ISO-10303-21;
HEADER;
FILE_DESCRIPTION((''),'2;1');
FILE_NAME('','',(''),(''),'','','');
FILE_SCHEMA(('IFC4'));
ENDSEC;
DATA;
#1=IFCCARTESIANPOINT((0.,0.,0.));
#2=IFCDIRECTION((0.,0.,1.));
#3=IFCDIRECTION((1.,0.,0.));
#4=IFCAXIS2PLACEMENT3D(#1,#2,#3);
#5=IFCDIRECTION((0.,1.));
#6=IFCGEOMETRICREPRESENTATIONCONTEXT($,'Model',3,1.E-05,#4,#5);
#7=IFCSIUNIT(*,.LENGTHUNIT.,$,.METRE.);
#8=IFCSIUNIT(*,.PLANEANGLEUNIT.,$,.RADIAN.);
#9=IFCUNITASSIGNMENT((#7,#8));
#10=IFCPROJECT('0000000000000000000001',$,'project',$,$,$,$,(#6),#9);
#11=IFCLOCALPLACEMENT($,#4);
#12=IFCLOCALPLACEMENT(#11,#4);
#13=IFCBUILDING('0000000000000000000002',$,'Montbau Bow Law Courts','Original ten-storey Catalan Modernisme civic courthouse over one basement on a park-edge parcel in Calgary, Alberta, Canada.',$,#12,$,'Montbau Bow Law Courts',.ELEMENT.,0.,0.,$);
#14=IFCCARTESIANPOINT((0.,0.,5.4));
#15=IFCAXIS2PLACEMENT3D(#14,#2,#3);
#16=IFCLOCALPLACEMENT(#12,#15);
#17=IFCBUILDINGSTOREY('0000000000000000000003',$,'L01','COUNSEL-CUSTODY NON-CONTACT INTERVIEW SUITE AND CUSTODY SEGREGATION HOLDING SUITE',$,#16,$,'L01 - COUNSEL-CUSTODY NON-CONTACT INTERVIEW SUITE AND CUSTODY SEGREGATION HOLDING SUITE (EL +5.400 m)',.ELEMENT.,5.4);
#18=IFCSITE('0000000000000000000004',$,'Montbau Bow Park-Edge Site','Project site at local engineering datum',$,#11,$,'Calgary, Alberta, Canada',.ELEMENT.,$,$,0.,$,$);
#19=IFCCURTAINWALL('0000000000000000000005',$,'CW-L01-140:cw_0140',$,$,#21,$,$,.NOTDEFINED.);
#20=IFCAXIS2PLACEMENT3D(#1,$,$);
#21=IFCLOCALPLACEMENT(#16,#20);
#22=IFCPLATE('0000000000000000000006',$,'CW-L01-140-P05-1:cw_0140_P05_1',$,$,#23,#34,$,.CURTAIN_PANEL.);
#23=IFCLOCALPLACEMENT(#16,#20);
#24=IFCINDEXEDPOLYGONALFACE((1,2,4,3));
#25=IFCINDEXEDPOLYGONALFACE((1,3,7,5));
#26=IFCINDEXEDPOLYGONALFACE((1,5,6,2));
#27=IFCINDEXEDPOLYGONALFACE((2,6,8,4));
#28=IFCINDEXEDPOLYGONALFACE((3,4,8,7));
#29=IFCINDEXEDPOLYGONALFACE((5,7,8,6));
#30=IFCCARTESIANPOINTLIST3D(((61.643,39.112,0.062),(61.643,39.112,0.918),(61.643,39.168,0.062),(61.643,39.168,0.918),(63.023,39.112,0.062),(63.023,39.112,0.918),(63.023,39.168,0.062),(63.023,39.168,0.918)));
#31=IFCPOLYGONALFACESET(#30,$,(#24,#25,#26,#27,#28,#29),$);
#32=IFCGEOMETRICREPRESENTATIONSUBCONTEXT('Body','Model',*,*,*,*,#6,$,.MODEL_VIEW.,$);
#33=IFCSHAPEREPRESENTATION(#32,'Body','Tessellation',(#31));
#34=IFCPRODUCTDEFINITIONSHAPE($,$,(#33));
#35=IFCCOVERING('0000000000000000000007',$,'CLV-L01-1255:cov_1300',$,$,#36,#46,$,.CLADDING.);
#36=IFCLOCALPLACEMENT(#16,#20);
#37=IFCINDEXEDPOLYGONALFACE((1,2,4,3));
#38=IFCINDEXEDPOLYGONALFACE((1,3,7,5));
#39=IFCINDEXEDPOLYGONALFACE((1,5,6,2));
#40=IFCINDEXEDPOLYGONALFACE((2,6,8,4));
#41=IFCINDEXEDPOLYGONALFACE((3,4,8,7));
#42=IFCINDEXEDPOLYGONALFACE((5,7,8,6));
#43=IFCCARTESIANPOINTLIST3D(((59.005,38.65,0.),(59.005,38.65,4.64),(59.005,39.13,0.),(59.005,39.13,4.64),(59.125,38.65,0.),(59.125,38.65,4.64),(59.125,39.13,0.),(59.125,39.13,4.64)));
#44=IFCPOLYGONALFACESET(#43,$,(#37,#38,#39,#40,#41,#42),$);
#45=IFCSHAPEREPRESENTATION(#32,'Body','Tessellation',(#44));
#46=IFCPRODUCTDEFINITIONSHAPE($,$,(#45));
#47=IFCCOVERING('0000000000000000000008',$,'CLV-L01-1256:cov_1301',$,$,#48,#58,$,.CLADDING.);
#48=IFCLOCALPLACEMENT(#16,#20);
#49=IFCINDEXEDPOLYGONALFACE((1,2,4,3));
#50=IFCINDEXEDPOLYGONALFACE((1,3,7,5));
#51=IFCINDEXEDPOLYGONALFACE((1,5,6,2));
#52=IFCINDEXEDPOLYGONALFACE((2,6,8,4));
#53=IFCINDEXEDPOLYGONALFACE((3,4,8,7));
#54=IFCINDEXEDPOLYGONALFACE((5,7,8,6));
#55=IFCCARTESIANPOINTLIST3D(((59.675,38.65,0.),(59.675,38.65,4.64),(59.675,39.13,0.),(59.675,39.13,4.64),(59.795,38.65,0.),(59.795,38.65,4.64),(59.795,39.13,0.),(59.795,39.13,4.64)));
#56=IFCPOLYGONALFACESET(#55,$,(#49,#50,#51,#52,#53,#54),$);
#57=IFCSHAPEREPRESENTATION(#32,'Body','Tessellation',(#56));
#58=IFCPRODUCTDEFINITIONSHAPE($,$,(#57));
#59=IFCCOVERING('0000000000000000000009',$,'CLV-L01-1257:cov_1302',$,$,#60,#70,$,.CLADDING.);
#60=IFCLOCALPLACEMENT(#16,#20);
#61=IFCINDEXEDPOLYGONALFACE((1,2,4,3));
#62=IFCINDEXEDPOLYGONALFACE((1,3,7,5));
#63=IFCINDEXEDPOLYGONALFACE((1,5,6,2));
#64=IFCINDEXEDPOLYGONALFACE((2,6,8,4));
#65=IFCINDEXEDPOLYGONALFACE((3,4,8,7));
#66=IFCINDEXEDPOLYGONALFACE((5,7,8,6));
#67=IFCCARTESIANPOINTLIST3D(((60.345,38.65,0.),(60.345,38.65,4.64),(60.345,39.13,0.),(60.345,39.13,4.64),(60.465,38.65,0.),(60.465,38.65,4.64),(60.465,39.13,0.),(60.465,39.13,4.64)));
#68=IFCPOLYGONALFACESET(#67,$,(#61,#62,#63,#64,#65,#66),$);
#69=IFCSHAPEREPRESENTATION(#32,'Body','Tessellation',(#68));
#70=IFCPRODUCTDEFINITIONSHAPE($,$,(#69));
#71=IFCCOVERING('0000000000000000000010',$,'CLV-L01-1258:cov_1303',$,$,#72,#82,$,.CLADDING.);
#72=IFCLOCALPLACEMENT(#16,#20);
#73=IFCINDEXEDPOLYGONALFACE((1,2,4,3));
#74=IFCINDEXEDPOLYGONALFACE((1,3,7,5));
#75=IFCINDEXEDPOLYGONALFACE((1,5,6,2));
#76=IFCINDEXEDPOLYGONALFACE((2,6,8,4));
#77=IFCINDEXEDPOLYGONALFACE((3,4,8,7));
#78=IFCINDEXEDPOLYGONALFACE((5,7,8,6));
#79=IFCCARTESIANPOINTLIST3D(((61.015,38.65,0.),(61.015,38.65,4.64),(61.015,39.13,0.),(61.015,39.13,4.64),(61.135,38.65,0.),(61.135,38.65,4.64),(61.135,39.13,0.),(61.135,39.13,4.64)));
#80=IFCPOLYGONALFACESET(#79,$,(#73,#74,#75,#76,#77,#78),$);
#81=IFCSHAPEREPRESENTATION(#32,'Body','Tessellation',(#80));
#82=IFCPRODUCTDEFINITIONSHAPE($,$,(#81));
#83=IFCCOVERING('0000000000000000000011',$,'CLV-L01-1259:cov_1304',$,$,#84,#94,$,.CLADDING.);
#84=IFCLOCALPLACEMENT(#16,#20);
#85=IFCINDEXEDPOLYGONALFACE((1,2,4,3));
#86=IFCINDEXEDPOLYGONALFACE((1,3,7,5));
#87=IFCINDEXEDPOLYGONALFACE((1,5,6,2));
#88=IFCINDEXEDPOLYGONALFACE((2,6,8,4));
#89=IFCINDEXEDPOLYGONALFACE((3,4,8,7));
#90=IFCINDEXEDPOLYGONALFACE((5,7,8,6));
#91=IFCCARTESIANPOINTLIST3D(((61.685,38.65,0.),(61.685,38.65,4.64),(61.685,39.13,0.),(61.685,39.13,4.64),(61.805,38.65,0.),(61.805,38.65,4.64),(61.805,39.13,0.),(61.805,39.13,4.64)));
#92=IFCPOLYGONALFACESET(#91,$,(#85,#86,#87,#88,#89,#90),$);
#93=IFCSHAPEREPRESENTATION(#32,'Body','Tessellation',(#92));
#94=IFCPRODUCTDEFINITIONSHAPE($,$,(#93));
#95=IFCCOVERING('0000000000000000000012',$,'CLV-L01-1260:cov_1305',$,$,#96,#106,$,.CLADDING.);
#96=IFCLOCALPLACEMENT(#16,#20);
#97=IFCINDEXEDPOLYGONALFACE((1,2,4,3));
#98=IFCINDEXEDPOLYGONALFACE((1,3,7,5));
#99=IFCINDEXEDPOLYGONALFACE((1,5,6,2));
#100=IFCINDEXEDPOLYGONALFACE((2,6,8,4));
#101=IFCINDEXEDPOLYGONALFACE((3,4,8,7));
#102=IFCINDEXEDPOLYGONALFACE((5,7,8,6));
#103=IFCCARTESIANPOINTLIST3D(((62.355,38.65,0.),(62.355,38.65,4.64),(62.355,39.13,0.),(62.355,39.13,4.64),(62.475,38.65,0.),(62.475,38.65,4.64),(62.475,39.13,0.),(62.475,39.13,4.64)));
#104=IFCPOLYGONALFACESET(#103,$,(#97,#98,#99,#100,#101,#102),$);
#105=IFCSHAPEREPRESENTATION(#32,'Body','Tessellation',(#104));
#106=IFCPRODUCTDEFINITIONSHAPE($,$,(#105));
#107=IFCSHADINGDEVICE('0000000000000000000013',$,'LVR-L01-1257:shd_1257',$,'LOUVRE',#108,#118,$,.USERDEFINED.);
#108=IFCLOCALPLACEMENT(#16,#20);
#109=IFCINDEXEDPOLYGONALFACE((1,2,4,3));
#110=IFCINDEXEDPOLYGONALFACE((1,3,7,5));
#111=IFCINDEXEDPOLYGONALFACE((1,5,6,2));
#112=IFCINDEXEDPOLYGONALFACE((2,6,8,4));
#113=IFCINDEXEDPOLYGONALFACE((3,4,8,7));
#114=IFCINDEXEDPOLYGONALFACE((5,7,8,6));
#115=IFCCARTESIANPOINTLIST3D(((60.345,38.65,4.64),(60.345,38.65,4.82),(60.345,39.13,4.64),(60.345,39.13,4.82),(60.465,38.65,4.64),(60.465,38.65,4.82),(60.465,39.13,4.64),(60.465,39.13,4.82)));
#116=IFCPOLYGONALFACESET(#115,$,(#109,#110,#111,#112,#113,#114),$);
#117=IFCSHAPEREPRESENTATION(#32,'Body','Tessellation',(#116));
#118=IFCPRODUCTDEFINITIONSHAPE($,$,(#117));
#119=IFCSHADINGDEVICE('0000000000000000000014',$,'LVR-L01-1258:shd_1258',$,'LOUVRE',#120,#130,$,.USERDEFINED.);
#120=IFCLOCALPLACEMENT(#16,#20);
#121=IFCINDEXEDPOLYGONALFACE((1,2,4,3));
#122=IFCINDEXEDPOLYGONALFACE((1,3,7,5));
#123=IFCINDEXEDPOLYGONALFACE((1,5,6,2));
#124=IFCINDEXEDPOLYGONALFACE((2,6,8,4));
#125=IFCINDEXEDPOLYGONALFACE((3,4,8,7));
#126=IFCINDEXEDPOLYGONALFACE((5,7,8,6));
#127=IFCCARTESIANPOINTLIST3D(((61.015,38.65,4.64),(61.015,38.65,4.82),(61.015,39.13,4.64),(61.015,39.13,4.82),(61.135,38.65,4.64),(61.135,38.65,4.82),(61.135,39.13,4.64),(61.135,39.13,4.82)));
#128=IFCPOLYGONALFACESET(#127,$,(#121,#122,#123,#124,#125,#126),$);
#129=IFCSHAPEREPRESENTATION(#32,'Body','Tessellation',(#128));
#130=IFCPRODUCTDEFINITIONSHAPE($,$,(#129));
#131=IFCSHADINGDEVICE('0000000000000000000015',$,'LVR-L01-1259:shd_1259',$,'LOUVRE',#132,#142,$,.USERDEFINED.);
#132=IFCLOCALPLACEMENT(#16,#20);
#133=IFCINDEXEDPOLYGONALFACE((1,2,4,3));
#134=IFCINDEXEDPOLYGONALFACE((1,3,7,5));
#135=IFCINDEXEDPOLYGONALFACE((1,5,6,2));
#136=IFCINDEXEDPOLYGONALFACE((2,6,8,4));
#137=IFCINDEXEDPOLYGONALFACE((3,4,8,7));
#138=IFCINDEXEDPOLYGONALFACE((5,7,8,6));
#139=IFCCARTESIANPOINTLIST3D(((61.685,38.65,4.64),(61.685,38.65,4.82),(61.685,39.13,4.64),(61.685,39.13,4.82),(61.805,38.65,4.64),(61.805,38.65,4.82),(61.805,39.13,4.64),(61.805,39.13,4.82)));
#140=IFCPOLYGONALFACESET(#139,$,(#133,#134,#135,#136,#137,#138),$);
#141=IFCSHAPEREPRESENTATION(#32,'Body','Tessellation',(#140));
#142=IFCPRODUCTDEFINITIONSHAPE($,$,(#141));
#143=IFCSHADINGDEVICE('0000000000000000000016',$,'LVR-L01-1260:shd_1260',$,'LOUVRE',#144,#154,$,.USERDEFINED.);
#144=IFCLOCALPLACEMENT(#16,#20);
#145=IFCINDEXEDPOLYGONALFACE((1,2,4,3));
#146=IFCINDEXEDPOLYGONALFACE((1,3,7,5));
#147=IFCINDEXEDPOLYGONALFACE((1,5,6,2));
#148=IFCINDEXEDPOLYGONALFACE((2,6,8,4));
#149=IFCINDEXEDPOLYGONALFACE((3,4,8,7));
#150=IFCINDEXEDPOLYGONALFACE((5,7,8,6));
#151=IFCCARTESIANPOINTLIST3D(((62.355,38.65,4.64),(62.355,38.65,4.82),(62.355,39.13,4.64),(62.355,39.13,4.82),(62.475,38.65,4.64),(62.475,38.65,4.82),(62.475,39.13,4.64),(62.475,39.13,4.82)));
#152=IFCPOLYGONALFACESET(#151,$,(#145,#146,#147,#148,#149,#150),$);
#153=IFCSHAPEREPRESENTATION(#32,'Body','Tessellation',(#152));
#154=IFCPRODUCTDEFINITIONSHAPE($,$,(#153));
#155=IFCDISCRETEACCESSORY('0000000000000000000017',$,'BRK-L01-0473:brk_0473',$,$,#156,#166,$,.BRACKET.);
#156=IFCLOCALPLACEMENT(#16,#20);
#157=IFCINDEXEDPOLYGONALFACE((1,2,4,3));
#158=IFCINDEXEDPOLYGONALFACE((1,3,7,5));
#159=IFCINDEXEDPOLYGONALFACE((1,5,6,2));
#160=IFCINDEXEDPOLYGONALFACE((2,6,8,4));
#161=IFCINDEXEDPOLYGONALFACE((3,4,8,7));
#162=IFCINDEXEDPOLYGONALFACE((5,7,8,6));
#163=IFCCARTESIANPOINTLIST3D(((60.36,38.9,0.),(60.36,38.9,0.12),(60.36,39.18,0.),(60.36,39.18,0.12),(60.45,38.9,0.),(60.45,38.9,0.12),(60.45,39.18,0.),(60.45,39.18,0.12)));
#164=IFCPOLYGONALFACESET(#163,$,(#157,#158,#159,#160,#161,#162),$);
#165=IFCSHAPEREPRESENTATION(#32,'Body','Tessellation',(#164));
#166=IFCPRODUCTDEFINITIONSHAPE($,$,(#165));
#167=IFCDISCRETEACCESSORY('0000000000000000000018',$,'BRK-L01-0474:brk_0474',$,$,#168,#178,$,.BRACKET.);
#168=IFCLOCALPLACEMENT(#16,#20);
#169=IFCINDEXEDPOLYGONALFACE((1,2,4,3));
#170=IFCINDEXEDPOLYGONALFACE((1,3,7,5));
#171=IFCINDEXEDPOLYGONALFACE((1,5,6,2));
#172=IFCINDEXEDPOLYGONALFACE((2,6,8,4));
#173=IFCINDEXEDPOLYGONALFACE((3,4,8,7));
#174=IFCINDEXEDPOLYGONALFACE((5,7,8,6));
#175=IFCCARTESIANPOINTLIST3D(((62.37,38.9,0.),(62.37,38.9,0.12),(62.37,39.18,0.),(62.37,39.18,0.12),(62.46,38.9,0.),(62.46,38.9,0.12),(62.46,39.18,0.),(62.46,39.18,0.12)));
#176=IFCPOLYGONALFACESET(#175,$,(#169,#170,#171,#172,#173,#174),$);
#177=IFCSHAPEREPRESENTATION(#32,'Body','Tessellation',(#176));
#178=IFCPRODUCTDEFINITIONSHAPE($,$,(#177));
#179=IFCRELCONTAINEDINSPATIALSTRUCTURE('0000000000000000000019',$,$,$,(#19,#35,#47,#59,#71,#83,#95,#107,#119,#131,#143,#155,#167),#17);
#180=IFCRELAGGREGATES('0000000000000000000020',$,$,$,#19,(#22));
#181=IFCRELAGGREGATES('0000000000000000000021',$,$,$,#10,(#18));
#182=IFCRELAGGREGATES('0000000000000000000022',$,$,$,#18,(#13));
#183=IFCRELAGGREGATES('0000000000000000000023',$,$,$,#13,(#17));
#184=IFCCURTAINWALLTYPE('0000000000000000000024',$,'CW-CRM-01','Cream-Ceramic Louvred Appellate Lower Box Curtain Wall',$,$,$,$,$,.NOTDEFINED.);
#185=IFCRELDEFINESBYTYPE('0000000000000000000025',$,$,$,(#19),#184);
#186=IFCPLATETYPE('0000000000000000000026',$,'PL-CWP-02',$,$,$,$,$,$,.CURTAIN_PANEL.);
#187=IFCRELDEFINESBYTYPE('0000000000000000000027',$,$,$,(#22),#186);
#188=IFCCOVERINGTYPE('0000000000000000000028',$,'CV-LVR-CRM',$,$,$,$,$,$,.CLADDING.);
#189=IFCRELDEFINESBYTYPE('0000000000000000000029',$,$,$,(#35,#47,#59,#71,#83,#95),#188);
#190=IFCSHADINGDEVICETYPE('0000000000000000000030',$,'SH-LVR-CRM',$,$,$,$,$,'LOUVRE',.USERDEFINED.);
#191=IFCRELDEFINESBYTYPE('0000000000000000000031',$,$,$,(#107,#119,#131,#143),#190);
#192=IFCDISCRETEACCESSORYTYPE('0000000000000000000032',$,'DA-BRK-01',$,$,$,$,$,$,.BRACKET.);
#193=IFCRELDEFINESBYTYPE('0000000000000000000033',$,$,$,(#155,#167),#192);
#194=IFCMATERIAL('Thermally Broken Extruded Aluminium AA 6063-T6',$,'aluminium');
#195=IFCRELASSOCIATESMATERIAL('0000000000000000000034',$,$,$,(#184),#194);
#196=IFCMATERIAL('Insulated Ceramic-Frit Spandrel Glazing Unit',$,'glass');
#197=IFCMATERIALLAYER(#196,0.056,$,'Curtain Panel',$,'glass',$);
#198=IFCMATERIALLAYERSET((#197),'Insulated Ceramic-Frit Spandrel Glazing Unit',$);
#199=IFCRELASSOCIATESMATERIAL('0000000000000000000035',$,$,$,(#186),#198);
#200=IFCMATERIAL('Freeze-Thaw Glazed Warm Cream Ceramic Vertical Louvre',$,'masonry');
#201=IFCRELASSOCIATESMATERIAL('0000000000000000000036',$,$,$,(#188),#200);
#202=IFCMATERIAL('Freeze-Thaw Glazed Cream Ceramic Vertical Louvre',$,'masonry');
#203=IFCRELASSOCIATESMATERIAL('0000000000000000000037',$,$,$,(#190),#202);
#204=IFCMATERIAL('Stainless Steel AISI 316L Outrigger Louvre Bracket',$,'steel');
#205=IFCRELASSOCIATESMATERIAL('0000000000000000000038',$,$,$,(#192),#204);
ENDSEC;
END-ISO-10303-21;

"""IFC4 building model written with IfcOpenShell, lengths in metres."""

from ifc_helpers import new_model, si_unit, direction, frame, frame_2d, origin_with_axes, origin_2d_with_axis, place, context, subcontext, project, spatial, rectangle, extrude, material, layer, layer_set, type_object, element, aggregate, save


model = new_model("IFC4")

# Units and contexts
model_context = context("Model", 3, precision=1e-05, world=origin_with_axes(), true_north=direction((0.0, 1.0)))
body_context = subcontext(model_context, "Body", "Model", "MODEL_VIEW")
ifc_project = project(units=[si_unit("LENGTHUNIT", "METRE"), si_unit("PLANEANGLEUNIT", "RADIAN")], contexts=[model_context])

# Site, building, storey
site_placement = place(None, origin_with_axes())
site = spatial("IfcSite", under=ifc_project, at=site_placement, Name="Montbau Bow Park-Edge Site", Description="Project site at local engineering datum", LongName="Calgary, Alberta, Canada", CompositionType="ELEMENT", RefElevation=0.0)
building_placement = place(site_placement, origin_with_axes())
building = spatial("IfcBuilding", under=site, at=building_placement, Name="Montbau Bow Law Courts", Description="Original ten-storey Catalan Modernisme civic courthouse over one basement on a park-edge parcel in Calgary, Alberta, Canada.", LongName="Montbau Bow Law Courts", CompositionType="ELEMENT", ElevationOfRefHeight=0.0, ElevationOfTerrain=0.0)
storey_placement = place(building_placement, frame((0.0, 0.0, 5.4), z_axis=(0.0, 0.0, 1.0), x_axis=(1.0, 0.0, 0.0)))
storey = spatial("IfcBuildingStorey", under=building, at=storey_placement, Name="L01", Description="COUNSEL-CUSTODY NON-CONTACT INTERVIEW SUITE AND CUSTODY SEGREGATION HOLDING SUITE", LongName="L01 - COUNSEL-CUSTODY NON-CONTACT INTERVIEW SUITE AND CUSTODY SEGREGATION HOLDING SUITE (EL +5.400 m)", CompositionType="ELEMENT", Elevation=5.4)

# Shared definitions
ifc_material_1 = material(Name="Thermally Broken Extruded Aluminium AA 6063-T6", Category="aluminium")
curtain_wall_type = type_object("IfcCurtainWallType", Name="CW-CRM-01", Description="Cream-Ceramic Louvred Appellate Lower Box Curtain Wall", PredefinedType="NOTDEFINED", material=ifc_material_1)

# Curtain wall, plate
curtain_wall_1_placement = place(None, frame((55.715, 39.14, 5.4), z_axis=(0.0, 0.0, 1.0), x_axis=(1.0, 0.0, 0.0)))
curtain_wall_1 = element("IfcCurtainWall", 1, at=curtain_wall_1_placement, inside=storey, type_object=curtain_wall_type, Name="CW-L01-140:cw_0140", PredefinedType="NOTDEFINED")
ifc_material_2 = material(Name="Insulated Ceramic-Frit Spandrel Glazing Unit", Category="glass")
ifc_layer_1 = layer(ifc_material_2, 0.056, Name="Curtain Panel", Category="glass")
ifc_layer_set_1 = layer_set([ifc_layer_1], Name="Insulated Ceramic-Frit Spandrel Glazing Unit")
plate_type_1 = type_object("IfcPlateType", Name="PL-CWP-02", PredefinedType="CURTAIN_PANEL", material=ifc_layer_set_1)
plate_1_placement = place(None, frame((61.643, 39.14, 5.462), z_axis=(0.0, -1.0, 0.0), x_axis=(1.0, 0.0, 0.0)))
plate_1 = element("IfcPlate", 2, at=plate_1_placement, type_object=plate_type_1, Name="CW-L01-140-P05-1:cw_0140_P05_1", PredefinedType="CURTAIN_PANEL", context=body_context, shape_type="SweptSolid", body=[
    extrude(rectangle(XDim=1.38, YDim=0.856, at=frame_2d((0.69, 0.428), x_axis=(1.0, 0.0))), frame((0.0, 0.0, -0.028), z_axis=(0.0, 0.0, 1.0), x_axis=(1.0, 0.0, 0.0)), (0.0, 0.0, 1.0), 0.056),
])
aggregate(curtain_wall_1, [plate_1])

# Coverings
ifc_material_3 = material(Name="Freeze-Thaw Glazed Warm Cream Ceramic Vertical Louvre", Category="masonry")
covering_type = type_object("IfcCoveringType", Name="CV-LVR-CRM", PredefinedType="CLADDING", material=ifc_material_3)
for number, where, z_axis, x_axis, name in (
    (3, (59.065, 39.13, 5.4), (-1.0, 0.0, 0.0), (0.0, -1.0, 0.0), "CLV-L01-1255:cov_1300"),
    (4, (59.735, 39.13, 5.4), (-1.0, 0.0, 0.0), (0.0, -1.0, 0.0), "CLV-L01-1256:cov_1301"),
    (5, (60.405, 39.13, 5.4), (-1.0, 0.0, 0.0), (0.0, -1.0, 0.0), "CLV-L01-1257:cov_1302"),
    (6, (61.075, 39.13, 5.4), (-1.0, 0.0, 0.0), (0.0, -1.0, 0.0), "CLV-L01-1258:cov_1303"),
    (7, (61.745, 39.13, 5.4), (-1.0, 0.0, 0.0), (0.0, -1.0, 0.0), "CLV-L01-1259:cov_1304"),
    (8, (62.415, 39.13, 5.4), (-1.0, 0.0, 0.0), (0.0, -1.0, 0.0), "CLV-L01-1260:cov_1305"),
):
    element("IfcCovering", number, at=place(None, frame(where, z_axis=z_axis, x_axis=x_axis)), inside=storey, type_object=covering_type, Name=name, PredefinedType="CLADDING", context=body_context, shape_type="SweptSolid", body=[
        extrude(rectangle(XDim=0.48, YDim=4.64, at=frame_2d((0.24, 2.32), x_axis=(1.0, 0.0))), frame((0.0, 0.0, -0.06), z_axis=(0.0, 0.0, 1.0), x_axis=(1.0, 0.0, 0.0)), (0.0, 0.0, 1.0), 0.12),
    ])

# Shading devices
ifc_material_4 = material(Name="Freeze-Thaw Glazed Cream Ceramic Vertical Louvre", Category="masonry")
shading_device_type = type_object("IfcShadingDeviceType", Name="SH-LVR-CRM", ElementType="LOUVRE", PredefinedType="USERDEFINED", material=ifc_material_4)
for number, where, z_axis, x_axis, name in (
    (9, (60.405, 38.89, 10.04), (0.0, 0.0, 1.0), (0.0, -1.0, 0.0), "LVR-L01-1257:shd_1257"),
    (10, (61.075, 38.89, 10.04), (0.0, 0.0, 1.0), (0.0, -1.0, 0.0), "LVR-L01-1258:shd_1258"),
    (11, (61.745, 38.89, 10.04), (0.0, 0.0, 1.0), (0.0, -1.0, 0.0), "LVR-L01-1259:shd_1259"),
    (12, (62.415, 38.89, 10.04), (0.0, 0.0, 1.0), (0.0, -1.0, 0.0), "LVR-L01-1260:shd_1260"),
):
    element("IfcShadingDevice", number, at=place(None, frame(where, z_axis=z_axis, x_axis=x_axis)), inside=storey, type_object=shading_device_type, Name=name, ObjectType="LOUVRE", PredefinedType="USERDEFINED", context=body_context, shape_type="SweptSolid", body=[
        extrude(rectangle(XDim=0.48, YDim=0.12, at=origin_2d_with_axis()), origin_with_axes(), (0.0, 0.0, 1.0), 0.18),
    ])

# Discrete accessories
ifc_material_5 = material(Name="Stainless Steel AISI 316L Outrigger Louvre Bracket", Category="steel")
discrete_accessory_type = type_object("IfcDiscreteAccessoryType", Name="DA-BRK-01", PredefinedType="BRACKET", material=ifc_material_5)
for number, where, z_axis, x_axis, name in (
    (13, (60.405, 39.04, 5.4), (0.0, 0.0, 1.0), (0.0, -1.0, 0.0), "BRK-L01-0473:brk_0473"),
    (14, (62.415, 39.04, 5.4), (0.0, 0.0, 1.0), (0.0, -1.0, 0.0), "BRK-L01-0474:brk_0474"),
):
    element("IfcDiscreteAccessory", number, at=place(None, frame(where, z_axis=z_axis, x_axis=x_axis)), inside=storey, type_object=discrete_accessory_type, Name=name, PredefinedType="BRACKET", context=body_context, shape_type="SweptSolid", body=[
        extrude(rectangle(XDim=0.28, YDim=0.09, at=origin_2d_with_axis()), origin_with_axes(), (0.0, 0.0, 1.0), 0.12),
    ])

save(model, "model.ifc")
